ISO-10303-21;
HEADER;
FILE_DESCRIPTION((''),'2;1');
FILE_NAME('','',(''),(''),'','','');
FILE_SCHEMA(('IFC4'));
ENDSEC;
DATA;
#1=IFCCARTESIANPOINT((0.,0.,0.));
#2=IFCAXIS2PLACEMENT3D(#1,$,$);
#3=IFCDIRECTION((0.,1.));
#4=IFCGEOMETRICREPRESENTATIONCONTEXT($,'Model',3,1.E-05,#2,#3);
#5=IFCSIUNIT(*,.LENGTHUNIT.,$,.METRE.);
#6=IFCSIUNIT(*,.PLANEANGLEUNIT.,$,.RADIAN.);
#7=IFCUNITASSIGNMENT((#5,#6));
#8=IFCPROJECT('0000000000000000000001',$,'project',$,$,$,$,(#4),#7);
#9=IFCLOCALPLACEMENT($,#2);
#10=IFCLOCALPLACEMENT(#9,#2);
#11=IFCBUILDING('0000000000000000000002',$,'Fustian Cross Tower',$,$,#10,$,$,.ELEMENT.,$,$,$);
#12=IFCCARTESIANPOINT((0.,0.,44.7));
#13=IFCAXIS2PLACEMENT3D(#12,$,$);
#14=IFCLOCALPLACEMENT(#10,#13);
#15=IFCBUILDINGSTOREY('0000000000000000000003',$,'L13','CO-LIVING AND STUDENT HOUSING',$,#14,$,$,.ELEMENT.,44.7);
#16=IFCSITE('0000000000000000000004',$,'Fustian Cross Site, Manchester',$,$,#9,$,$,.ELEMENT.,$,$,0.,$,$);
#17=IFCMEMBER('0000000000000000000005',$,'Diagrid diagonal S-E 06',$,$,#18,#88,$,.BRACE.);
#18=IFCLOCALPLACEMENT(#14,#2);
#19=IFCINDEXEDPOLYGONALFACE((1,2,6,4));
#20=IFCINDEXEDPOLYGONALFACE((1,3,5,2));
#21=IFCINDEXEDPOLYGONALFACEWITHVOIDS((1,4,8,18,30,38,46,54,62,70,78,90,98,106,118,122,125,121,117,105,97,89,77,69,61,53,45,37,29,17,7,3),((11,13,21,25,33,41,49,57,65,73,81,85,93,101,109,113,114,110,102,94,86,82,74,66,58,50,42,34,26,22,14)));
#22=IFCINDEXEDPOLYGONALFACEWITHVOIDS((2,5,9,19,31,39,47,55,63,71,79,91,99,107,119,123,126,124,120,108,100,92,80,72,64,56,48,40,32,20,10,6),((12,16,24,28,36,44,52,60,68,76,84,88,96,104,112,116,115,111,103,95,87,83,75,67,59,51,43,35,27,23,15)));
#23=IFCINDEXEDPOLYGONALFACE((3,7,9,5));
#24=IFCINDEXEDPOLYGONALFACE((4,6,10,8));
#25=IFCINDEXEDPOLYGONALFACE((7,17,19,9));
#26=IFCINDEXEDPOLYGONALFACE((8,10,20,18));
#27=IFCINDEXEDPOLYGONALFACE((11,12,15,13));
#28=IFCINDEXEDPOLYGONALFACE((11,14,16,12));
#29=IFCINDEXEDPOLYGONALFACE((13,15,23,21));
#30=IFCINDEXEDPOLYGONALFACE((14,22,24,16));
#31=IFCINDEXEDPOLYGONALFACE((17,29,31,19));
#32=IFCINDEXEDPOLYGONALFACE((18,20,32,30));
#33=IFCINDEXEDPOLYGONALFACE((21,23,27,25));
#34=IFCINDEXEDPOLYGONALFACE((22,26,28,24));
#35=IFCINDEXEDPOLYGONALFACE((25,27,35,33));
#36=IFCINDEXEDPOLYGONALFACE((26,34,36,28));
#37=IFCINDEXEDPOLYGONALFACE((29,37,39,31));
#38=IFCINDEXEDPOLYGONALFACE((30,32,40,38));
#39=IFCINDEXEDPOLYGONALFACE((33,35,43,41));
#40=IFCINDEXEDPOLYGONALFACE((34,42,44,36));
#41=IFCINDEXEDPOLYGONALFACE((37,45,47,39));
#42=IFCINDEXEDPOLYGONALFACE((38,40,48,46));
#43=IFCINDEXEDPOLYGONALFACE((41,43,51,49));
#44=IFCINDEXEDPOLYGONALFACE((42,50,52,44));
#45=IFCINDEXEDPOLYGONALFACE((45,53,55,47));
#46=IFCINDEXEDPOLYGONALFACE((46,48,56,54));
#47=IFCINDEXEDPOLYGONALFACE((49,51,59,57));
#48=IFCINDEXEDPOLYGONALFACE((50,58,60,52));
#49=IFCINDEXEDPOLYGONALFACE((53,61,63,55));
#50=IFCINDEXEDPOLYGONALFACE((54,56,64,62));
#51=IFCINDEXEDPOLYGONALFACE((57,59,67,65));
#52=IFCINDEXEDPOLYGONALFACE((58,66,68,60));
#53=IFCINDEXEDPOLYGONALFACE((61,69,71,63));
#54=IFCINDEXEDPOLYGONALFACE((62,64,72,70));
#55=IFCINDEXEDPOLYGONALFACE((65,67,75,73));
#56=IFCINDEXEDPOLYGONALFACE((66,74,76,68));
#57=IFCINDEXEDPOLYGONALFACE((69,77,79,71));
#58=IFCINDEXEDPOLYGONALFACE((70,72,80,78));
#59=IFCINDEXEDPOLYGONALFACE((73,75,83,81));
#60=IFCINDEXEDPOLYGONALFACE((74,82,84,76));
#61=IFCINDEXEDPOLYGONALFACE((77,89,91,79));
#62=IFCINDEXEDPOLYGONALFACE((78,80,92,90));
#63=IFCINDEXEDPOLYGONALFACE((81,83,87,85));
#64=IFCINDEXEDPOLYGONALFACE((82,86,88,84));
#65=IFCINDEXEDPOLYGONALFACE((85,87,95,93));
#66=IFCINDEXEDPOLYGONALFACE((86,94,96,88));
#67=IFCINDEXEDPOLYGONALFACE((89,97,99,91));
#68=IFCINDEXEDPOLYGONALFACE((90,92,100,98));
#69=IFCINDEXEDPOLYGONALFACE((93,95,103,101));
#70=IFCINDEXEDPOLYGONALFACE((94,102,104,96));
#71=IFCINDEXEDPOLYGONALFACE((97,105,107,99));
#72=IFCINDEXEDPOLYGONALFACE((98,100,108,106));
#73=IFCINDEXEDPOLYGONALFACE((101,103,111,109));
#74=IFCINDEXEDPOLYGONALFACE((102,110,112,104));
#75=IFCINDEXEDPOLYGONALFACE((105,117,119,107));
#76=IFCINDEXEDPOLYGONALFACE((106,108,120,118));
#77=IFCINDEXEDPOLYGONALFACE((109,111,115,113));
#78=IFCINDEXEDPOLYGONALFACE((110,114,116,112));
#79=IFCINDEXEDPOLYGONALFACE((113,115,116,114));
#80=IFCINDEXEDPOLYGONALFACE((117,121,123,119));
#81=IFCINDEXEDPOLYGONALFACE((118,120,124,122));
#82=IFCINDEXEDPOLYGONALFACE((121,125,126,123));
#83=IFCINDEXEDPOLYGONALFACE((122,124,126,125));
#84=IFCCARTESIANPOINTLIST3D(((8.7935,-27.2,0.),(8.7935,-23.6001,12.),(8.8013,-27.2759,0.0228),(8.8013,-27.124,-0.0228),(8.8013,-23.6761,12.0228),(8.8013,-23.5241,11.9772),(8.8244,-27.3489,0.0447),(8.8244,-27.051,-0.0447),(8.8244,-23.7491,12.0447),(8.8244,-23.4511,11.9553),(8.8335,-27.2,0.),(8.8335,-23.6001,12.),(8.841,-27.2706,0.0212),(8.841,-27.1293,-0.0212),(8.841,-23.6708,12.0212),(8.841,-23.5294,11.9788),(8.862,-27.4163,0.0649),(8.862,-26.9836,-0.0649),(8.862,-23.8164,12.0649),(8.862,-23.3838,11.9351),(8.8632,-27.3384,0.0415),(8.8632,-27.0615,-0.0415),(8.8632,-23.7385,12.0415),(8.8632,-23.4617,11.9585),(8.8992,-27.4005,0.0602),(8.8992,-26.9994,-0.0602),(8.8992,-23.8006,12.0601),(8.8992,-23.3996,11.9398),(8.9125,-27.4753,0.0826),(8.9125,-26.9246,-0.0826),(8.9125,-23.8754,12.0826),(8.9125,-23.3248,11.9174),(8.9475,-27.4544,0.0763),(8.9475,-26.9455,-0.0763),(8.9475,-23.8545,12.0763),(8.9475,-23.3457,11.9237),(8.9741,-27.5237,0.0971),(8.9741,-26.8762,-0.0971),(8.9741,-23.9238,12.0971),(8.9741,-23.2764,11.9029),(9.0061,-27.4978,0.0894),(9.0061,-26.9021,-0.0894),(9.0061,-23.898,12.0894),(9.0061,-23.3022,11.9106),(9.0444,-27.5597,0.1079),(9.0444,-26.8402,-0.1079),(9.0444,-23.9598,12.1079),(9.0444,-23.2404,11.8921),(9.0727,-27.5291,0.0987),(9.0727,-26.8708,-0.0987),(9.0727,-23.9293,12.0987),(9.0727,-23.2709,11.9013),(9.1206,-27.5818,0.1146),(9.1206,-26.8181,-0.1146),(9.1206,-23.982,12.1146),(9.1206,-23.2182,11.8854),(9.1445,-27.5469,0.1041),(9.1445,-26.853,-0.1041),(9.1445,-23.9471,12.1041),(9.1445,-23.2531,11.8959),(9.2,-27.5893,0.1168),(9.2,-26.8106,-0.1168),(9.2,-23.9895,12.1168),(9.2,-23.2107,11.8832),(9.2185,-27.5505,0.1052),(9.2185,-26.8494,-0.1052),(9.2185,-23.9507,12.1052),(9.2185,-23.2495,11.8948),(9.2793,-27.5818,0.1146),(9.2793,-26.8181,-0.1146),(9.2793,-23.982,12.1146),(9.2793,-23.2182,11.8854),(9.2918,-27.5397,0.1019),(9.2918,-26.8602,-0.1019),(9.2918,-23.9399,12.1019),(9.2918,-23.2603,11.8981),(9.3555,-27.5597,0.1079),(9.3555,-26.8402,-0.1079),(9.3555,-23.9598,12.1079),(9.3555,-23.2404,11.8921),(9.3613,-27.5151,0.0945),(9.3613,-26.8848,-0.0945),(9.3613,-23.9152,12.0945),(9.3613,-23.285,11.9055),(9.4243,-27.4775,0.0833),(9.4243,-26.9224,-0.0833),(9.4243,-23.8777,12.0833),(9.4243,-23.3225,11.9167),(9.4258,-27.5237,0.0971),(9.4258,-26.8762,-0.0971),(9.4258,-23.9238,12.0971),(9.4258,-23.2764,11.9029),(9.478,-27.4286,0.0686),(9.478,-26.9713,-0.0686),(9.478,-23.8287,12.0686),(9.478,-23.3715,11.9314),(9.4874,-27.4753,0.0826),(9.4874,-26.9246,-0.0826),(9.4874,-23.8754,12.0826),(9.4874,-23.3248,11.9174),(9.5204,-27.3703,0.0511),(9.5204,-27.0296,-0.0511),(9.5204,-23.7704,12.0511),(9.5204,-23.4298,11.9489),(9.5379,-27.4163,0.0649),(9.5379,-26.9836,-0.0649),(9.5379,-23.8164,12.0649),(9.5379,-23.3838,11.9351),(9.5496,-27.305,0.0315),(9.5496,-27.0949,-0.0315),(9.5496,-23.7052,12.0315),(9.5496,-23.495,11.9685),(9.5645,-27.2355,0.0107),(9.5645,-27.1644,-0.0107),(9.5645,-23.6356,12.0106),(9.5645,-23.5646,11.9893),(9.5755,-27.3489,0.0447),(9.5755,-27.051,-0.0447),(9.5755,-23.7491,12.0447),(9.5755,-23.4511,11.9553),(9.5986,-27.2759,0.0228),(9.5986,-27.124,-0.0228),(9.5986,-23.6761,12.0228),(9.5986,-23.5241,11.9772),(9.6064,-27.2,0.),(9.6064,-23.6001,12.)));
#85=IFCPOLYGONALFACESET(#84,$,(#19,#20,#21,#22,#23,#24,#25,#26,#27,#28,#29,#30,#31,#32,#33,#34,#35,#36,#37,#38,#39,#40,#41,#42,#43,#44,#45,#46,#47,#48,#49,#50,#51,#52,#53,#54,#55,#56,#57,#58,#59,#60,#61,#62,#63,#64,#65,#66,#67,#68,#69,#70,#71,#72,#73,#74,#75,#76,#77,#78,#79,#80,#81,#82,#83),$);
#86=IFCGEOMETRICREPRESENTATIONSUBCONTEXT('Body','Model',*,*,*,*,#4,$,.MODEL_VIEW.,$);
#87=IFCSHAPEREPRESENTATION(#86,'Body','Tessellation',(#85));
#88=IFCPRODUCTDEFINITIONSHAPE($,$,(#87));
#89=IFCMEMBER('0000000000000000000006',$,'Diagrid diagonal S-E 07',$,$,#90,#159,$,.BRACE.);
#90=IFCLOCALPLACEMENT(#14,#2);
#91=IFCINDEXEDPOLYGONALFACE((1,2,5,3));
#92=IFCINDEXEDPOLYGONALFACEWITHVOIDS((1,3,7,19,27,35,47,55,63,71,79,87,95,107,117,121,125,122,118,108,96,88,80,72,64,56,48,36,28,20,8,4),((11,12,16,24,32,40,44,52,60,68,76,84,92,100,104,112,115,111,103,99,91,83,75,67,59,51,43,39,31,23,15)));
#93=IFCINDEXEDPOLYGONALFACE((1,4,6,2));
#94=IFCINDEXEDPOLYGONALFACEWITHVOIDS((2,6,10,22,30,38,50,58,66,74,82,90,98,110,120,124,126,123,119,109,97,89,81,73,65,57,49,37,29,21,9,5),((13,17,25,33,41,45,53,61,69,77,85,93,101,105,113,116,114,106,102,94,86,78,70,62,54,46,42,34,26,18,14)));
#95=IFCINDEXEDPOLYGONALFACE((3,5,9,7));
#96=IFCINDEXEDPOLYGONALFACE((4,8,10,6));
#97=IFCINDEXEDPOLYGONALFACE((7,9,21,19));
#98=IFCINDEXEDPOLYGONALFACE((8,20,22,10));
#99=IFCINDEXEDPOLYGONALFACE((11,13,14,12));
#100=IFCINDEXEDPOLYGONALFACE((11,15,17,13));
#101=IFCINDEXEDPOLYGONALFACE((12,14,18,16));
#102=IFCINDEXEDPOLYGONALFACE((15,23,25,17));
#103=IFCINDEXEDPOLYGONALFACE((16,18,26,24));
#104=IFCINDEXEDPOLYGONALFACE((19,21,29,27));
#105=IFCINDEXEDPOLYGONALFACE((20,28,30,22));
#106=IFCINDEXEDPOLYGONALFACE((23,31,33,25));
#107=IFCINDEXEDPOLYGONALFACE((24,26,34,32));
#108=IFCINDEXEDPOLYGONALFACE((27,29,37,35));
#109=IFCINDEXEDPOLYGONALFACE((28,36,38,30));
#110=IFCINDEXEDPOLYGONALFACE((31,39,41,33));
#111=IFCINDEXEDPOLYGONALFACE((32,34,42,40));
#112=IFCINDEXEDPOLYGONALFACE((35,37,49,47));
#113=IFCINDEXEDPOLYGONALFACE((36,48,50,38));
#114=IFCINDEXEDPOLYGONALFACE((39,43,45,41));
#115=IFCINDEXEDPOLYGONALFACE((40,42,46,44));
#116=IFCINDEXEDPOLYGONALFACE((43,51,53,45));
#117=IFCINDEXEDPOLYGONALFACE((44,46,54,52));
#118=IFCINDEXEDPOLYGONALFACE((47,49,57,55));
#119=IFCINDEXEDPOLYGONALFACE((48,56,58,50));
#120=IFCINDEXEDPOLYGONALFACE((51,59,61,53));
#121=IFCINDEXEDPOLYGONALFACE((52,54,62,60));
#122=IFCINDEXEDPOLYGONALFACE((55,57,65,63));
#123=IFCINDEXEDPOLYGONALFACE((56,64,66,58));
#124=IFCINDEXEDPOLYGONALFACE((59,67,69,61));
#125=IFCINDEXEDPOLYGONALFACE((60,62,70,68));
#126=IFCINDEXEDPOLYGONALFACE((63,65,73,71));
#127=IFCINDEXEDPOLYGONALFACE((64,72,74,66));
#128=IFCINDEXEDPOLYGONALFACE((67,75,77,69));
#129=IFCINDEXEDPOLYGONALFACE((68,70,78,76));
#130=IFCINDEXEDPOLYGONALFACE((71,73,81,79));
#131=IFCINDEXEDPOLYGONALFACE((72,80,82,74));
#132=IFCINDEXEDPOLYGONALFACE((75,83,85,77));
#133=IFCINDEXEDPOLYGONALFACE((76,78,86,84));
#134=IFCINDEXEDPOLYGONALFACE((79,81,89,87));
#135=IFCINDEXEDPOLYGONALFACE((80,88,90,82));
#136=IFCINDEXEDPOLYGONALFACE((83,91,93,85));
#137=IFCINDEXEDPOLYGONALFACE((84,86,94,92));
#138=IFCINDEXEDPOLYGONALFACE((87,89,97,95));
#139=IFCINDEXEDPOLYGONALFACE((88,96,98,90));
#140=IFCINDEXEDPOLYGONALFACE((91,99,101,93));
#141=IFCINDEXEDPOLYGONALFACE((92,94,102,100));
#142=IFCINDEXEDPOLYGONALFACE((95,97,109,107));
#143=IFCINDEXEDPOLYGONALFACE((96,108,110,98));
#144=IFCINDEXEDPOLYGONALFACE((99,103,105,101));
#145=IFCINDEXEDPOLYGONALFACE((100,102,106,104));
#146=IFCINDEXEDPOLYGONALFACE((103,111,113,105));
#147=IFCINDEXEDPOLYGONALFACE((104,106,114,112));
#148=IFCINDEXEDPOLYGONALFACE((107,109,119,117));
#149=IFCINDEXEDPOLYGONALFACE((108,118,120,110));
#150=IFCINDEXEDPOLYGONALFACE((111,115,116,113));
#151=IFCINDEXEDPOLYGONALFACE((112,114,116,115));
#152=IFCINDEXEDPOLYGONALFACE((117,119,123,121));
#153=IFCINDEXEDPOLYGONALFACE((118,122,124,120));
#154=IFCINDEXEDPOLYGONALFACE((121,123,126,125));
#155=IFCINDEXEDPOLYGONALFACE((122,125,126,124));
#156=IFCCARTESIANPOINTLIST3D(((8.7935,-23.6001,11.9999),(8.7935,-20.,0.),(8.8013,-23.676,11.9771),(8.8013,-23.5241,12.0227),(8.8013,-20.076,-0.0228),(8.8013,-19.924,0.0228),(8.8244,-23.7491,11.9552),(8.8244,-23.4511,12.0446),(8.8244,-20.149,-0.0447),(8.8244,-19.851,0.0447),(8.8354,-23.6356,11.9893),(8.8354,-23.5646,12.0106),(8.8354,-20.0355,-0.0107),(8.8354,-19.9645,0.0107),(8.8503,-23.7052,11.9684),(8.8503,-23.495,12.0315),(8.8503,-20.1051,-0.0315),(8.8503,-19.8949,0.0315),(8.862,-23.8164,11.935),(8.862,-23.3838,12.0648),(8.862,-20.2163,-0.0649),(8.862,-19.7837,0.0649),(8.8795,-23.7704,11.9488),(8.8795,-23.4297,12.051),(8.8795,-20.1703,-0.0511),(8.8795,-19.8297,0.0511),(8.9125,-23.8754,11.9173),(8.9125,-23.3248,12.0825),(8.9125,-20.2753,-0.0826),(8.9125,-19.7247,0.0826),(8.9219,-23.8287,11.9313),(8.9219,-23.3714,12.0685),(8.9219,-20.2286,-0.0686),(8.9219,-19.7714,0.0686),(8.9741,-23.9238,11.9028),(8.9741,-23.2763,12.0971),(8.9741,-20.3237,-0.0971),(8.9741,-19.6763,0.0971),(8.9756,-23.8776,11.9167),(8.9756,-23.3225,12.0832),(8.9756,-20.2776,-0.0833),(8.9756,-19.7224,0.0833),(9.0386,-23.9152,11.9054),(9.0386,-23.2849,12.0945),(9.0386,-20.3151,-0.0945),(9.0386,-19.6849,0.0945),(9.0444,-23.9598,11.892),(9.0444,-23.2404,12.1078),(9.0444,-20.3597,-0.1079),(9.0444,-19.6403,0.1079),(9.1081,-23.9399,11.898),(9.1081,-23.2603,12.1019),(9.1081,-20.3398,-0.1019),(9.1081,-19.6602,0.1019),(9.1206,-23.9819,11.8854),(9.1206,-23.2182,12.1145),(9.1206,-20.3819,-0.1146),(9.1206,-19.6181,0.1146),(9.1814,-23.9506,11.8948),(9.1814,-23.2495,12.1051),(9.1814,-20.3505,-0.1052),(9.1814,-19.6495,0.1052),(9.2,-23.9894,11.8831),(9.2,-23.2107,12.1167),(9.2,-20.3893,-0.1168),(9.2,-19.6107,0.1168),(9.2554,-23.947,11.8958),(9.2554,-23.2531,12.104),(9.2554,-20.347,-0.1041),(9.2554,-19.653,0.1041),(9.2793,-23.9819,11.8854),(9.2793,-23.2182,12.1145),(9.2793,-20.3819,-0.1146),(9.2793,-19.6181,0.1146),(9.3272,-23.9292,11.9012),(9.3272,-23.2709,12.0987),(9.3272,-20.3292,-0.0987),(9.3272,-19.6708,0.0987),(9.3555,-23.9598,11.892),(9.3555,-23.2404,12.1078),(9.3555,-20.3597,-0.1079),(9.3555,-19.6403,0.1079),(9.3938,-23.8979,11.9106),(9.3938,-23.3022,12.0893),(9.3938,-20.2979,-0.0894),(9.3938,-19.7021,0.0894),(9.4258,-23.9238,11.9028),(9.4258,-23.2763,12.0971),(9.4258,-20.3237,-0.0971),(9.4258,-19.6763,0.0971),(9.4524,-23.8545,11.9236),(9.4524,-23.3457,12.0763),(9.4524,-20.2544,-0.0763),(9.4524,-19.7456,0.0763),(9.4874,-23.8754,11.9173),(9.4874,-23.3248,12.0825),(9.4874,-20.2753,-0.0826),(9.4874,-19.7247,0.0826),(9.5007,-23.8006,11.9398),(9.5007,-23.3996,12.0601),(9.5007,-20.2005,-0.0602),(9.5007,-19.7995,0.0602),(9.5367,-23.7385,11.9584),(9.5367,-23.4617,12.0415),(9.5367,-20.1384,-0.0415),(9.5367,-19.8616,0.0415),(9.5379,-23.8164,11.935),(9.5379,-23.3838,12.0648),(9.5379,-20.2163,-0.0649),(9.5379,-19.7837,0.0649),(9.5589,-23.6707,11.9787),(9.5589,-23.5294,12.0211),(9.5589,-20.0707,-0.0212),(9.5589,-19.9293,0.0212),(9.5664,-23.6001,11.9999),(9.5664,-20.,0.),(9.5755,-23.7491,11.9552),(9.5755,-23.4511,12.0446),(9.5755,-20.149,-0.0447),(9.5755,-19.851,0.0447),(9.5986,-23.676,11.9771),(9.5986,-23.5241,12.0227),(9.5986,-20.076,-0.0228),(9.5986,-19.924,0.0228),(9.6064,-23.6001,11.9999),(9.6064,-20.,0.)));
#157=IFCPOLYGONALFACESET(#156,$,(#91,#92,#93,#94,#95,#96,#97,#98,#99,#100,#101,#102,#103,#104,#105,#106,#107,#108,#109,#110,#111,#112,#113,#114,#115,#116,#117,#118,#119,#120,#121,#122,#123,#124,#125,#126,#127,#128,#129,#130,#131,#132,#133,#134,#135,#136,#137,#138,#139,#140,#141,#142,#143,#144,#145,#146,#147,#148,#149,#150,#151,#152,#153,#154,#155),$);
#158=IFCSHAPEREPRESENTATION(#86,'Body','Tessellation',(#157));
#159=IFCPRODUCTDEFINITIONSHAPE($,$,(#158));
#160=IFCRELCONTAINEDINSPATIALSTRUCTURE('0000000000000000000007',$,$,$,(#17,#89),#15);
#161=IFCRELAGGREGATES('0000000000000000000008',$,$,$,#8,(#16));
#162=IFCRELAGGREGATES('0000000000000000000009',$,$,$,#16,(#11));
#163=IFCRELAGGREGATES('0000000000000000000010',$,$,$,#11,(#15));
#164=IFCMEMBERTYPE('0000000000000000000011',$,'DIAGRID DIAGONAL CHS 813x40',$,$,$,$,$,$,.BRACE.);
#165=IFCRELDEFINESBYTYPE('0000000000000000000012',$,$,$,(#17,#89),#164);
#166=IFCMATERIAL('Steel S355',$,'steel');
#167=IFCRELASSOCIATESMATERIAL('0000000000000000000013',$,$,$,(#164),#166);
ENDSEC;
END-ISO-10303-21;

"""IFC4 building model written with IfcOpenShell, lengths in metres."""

from ifc_helpers import new_model, si_unit, direction, frame, origin, origin_2d, place, context, subcontext, project, spatial, hollow_circle, extrude, material, material_profile, profile_set, type_object, element, save


model = new_model("IFC4")

# Units and contexts
model_context = context("Model", 3, precision=1e-05, world=origin(), true_north=direction((0.0, 1.0)))
body_context = subcontext(model_context, "Body", "Model", "MODEL_VIEW")
ifc_project = project(units=[si_unit("LENGTHUNIT", "METRE"), si_unit("PLANEANGLEUNIT", "RADIAN")], contexts=[model_context])

# Site, building, storey
site_placement = place(None, origin())
site = spatial("IfcSite", under=ifc_project, at=site_placement, Name="Fustian Cross Site, Manchester", CompositionType="ELEMENT", RefElevation=0.0)
building_placement = place(site_placement, origin())
building = spatial("IfcBuilding", under=site, at=building_placement, Name="Fustian Cross Tower", CompositionType="ELEMENT")
storey_placement = place(building_placement, frame((0.0, 0.0, 44.7)))
storey = spatial("IfcBuildingStorey", under=building, at=storey_placement, Name="L13", Description="CO-LIVING AND STUDENT HOUSING", CompositionType="ELEMENT", Elevation=44.7)

# Members
ifc_material_1 = material(Name="Steel S355", Category="steel")
ifc_material_profile_1 = material_profile(ifc_material_1, hollow_circle(Radius=0.4065, WallThickness=0.04, at=origin_2d()), Name="CHS 813x40")
ifc_profile_set_1 = profile_set([ifc_material_profile_1], Name="Steel S355")
member_type_1 = type_object("IfcMemberType", Name="DIAGRID DIAGONAL CHS 813x40", PredefinedType="BRACE", material=ifc_profile_set_1)
for number, where, z_axis, x_axis, name in (
    (1, (9.2, -27.2, 0.0), (0.0, 0.287337, 0.95783), (-1.0, 0.0, 0.0), "Diagrid diagonal S-E 06"),
    (2, (9.2, -20.0, 0.0), (0.0, -0.287355, 0.957824), (1.0, 0.0, 0.0), "Diagrid diagonal S-E 07"),
):
    element("IfcMember", number, at=place(storey_placement, frame(where, z_axis=z_axis, x_axis=x_axis)), inside=storey, type_object=member_type_1, Name=name, PredefinedType="BRACE", context=body_context, shape_type="SweptSolid", body=[
        extrude(hollow_circle(Radius=0.4065, WallThickness=0.04, at=origin_2d()), origin(), (0.0, 0.0, 1.0), 12.5283),
    ])

save(model, "model.ifc")
